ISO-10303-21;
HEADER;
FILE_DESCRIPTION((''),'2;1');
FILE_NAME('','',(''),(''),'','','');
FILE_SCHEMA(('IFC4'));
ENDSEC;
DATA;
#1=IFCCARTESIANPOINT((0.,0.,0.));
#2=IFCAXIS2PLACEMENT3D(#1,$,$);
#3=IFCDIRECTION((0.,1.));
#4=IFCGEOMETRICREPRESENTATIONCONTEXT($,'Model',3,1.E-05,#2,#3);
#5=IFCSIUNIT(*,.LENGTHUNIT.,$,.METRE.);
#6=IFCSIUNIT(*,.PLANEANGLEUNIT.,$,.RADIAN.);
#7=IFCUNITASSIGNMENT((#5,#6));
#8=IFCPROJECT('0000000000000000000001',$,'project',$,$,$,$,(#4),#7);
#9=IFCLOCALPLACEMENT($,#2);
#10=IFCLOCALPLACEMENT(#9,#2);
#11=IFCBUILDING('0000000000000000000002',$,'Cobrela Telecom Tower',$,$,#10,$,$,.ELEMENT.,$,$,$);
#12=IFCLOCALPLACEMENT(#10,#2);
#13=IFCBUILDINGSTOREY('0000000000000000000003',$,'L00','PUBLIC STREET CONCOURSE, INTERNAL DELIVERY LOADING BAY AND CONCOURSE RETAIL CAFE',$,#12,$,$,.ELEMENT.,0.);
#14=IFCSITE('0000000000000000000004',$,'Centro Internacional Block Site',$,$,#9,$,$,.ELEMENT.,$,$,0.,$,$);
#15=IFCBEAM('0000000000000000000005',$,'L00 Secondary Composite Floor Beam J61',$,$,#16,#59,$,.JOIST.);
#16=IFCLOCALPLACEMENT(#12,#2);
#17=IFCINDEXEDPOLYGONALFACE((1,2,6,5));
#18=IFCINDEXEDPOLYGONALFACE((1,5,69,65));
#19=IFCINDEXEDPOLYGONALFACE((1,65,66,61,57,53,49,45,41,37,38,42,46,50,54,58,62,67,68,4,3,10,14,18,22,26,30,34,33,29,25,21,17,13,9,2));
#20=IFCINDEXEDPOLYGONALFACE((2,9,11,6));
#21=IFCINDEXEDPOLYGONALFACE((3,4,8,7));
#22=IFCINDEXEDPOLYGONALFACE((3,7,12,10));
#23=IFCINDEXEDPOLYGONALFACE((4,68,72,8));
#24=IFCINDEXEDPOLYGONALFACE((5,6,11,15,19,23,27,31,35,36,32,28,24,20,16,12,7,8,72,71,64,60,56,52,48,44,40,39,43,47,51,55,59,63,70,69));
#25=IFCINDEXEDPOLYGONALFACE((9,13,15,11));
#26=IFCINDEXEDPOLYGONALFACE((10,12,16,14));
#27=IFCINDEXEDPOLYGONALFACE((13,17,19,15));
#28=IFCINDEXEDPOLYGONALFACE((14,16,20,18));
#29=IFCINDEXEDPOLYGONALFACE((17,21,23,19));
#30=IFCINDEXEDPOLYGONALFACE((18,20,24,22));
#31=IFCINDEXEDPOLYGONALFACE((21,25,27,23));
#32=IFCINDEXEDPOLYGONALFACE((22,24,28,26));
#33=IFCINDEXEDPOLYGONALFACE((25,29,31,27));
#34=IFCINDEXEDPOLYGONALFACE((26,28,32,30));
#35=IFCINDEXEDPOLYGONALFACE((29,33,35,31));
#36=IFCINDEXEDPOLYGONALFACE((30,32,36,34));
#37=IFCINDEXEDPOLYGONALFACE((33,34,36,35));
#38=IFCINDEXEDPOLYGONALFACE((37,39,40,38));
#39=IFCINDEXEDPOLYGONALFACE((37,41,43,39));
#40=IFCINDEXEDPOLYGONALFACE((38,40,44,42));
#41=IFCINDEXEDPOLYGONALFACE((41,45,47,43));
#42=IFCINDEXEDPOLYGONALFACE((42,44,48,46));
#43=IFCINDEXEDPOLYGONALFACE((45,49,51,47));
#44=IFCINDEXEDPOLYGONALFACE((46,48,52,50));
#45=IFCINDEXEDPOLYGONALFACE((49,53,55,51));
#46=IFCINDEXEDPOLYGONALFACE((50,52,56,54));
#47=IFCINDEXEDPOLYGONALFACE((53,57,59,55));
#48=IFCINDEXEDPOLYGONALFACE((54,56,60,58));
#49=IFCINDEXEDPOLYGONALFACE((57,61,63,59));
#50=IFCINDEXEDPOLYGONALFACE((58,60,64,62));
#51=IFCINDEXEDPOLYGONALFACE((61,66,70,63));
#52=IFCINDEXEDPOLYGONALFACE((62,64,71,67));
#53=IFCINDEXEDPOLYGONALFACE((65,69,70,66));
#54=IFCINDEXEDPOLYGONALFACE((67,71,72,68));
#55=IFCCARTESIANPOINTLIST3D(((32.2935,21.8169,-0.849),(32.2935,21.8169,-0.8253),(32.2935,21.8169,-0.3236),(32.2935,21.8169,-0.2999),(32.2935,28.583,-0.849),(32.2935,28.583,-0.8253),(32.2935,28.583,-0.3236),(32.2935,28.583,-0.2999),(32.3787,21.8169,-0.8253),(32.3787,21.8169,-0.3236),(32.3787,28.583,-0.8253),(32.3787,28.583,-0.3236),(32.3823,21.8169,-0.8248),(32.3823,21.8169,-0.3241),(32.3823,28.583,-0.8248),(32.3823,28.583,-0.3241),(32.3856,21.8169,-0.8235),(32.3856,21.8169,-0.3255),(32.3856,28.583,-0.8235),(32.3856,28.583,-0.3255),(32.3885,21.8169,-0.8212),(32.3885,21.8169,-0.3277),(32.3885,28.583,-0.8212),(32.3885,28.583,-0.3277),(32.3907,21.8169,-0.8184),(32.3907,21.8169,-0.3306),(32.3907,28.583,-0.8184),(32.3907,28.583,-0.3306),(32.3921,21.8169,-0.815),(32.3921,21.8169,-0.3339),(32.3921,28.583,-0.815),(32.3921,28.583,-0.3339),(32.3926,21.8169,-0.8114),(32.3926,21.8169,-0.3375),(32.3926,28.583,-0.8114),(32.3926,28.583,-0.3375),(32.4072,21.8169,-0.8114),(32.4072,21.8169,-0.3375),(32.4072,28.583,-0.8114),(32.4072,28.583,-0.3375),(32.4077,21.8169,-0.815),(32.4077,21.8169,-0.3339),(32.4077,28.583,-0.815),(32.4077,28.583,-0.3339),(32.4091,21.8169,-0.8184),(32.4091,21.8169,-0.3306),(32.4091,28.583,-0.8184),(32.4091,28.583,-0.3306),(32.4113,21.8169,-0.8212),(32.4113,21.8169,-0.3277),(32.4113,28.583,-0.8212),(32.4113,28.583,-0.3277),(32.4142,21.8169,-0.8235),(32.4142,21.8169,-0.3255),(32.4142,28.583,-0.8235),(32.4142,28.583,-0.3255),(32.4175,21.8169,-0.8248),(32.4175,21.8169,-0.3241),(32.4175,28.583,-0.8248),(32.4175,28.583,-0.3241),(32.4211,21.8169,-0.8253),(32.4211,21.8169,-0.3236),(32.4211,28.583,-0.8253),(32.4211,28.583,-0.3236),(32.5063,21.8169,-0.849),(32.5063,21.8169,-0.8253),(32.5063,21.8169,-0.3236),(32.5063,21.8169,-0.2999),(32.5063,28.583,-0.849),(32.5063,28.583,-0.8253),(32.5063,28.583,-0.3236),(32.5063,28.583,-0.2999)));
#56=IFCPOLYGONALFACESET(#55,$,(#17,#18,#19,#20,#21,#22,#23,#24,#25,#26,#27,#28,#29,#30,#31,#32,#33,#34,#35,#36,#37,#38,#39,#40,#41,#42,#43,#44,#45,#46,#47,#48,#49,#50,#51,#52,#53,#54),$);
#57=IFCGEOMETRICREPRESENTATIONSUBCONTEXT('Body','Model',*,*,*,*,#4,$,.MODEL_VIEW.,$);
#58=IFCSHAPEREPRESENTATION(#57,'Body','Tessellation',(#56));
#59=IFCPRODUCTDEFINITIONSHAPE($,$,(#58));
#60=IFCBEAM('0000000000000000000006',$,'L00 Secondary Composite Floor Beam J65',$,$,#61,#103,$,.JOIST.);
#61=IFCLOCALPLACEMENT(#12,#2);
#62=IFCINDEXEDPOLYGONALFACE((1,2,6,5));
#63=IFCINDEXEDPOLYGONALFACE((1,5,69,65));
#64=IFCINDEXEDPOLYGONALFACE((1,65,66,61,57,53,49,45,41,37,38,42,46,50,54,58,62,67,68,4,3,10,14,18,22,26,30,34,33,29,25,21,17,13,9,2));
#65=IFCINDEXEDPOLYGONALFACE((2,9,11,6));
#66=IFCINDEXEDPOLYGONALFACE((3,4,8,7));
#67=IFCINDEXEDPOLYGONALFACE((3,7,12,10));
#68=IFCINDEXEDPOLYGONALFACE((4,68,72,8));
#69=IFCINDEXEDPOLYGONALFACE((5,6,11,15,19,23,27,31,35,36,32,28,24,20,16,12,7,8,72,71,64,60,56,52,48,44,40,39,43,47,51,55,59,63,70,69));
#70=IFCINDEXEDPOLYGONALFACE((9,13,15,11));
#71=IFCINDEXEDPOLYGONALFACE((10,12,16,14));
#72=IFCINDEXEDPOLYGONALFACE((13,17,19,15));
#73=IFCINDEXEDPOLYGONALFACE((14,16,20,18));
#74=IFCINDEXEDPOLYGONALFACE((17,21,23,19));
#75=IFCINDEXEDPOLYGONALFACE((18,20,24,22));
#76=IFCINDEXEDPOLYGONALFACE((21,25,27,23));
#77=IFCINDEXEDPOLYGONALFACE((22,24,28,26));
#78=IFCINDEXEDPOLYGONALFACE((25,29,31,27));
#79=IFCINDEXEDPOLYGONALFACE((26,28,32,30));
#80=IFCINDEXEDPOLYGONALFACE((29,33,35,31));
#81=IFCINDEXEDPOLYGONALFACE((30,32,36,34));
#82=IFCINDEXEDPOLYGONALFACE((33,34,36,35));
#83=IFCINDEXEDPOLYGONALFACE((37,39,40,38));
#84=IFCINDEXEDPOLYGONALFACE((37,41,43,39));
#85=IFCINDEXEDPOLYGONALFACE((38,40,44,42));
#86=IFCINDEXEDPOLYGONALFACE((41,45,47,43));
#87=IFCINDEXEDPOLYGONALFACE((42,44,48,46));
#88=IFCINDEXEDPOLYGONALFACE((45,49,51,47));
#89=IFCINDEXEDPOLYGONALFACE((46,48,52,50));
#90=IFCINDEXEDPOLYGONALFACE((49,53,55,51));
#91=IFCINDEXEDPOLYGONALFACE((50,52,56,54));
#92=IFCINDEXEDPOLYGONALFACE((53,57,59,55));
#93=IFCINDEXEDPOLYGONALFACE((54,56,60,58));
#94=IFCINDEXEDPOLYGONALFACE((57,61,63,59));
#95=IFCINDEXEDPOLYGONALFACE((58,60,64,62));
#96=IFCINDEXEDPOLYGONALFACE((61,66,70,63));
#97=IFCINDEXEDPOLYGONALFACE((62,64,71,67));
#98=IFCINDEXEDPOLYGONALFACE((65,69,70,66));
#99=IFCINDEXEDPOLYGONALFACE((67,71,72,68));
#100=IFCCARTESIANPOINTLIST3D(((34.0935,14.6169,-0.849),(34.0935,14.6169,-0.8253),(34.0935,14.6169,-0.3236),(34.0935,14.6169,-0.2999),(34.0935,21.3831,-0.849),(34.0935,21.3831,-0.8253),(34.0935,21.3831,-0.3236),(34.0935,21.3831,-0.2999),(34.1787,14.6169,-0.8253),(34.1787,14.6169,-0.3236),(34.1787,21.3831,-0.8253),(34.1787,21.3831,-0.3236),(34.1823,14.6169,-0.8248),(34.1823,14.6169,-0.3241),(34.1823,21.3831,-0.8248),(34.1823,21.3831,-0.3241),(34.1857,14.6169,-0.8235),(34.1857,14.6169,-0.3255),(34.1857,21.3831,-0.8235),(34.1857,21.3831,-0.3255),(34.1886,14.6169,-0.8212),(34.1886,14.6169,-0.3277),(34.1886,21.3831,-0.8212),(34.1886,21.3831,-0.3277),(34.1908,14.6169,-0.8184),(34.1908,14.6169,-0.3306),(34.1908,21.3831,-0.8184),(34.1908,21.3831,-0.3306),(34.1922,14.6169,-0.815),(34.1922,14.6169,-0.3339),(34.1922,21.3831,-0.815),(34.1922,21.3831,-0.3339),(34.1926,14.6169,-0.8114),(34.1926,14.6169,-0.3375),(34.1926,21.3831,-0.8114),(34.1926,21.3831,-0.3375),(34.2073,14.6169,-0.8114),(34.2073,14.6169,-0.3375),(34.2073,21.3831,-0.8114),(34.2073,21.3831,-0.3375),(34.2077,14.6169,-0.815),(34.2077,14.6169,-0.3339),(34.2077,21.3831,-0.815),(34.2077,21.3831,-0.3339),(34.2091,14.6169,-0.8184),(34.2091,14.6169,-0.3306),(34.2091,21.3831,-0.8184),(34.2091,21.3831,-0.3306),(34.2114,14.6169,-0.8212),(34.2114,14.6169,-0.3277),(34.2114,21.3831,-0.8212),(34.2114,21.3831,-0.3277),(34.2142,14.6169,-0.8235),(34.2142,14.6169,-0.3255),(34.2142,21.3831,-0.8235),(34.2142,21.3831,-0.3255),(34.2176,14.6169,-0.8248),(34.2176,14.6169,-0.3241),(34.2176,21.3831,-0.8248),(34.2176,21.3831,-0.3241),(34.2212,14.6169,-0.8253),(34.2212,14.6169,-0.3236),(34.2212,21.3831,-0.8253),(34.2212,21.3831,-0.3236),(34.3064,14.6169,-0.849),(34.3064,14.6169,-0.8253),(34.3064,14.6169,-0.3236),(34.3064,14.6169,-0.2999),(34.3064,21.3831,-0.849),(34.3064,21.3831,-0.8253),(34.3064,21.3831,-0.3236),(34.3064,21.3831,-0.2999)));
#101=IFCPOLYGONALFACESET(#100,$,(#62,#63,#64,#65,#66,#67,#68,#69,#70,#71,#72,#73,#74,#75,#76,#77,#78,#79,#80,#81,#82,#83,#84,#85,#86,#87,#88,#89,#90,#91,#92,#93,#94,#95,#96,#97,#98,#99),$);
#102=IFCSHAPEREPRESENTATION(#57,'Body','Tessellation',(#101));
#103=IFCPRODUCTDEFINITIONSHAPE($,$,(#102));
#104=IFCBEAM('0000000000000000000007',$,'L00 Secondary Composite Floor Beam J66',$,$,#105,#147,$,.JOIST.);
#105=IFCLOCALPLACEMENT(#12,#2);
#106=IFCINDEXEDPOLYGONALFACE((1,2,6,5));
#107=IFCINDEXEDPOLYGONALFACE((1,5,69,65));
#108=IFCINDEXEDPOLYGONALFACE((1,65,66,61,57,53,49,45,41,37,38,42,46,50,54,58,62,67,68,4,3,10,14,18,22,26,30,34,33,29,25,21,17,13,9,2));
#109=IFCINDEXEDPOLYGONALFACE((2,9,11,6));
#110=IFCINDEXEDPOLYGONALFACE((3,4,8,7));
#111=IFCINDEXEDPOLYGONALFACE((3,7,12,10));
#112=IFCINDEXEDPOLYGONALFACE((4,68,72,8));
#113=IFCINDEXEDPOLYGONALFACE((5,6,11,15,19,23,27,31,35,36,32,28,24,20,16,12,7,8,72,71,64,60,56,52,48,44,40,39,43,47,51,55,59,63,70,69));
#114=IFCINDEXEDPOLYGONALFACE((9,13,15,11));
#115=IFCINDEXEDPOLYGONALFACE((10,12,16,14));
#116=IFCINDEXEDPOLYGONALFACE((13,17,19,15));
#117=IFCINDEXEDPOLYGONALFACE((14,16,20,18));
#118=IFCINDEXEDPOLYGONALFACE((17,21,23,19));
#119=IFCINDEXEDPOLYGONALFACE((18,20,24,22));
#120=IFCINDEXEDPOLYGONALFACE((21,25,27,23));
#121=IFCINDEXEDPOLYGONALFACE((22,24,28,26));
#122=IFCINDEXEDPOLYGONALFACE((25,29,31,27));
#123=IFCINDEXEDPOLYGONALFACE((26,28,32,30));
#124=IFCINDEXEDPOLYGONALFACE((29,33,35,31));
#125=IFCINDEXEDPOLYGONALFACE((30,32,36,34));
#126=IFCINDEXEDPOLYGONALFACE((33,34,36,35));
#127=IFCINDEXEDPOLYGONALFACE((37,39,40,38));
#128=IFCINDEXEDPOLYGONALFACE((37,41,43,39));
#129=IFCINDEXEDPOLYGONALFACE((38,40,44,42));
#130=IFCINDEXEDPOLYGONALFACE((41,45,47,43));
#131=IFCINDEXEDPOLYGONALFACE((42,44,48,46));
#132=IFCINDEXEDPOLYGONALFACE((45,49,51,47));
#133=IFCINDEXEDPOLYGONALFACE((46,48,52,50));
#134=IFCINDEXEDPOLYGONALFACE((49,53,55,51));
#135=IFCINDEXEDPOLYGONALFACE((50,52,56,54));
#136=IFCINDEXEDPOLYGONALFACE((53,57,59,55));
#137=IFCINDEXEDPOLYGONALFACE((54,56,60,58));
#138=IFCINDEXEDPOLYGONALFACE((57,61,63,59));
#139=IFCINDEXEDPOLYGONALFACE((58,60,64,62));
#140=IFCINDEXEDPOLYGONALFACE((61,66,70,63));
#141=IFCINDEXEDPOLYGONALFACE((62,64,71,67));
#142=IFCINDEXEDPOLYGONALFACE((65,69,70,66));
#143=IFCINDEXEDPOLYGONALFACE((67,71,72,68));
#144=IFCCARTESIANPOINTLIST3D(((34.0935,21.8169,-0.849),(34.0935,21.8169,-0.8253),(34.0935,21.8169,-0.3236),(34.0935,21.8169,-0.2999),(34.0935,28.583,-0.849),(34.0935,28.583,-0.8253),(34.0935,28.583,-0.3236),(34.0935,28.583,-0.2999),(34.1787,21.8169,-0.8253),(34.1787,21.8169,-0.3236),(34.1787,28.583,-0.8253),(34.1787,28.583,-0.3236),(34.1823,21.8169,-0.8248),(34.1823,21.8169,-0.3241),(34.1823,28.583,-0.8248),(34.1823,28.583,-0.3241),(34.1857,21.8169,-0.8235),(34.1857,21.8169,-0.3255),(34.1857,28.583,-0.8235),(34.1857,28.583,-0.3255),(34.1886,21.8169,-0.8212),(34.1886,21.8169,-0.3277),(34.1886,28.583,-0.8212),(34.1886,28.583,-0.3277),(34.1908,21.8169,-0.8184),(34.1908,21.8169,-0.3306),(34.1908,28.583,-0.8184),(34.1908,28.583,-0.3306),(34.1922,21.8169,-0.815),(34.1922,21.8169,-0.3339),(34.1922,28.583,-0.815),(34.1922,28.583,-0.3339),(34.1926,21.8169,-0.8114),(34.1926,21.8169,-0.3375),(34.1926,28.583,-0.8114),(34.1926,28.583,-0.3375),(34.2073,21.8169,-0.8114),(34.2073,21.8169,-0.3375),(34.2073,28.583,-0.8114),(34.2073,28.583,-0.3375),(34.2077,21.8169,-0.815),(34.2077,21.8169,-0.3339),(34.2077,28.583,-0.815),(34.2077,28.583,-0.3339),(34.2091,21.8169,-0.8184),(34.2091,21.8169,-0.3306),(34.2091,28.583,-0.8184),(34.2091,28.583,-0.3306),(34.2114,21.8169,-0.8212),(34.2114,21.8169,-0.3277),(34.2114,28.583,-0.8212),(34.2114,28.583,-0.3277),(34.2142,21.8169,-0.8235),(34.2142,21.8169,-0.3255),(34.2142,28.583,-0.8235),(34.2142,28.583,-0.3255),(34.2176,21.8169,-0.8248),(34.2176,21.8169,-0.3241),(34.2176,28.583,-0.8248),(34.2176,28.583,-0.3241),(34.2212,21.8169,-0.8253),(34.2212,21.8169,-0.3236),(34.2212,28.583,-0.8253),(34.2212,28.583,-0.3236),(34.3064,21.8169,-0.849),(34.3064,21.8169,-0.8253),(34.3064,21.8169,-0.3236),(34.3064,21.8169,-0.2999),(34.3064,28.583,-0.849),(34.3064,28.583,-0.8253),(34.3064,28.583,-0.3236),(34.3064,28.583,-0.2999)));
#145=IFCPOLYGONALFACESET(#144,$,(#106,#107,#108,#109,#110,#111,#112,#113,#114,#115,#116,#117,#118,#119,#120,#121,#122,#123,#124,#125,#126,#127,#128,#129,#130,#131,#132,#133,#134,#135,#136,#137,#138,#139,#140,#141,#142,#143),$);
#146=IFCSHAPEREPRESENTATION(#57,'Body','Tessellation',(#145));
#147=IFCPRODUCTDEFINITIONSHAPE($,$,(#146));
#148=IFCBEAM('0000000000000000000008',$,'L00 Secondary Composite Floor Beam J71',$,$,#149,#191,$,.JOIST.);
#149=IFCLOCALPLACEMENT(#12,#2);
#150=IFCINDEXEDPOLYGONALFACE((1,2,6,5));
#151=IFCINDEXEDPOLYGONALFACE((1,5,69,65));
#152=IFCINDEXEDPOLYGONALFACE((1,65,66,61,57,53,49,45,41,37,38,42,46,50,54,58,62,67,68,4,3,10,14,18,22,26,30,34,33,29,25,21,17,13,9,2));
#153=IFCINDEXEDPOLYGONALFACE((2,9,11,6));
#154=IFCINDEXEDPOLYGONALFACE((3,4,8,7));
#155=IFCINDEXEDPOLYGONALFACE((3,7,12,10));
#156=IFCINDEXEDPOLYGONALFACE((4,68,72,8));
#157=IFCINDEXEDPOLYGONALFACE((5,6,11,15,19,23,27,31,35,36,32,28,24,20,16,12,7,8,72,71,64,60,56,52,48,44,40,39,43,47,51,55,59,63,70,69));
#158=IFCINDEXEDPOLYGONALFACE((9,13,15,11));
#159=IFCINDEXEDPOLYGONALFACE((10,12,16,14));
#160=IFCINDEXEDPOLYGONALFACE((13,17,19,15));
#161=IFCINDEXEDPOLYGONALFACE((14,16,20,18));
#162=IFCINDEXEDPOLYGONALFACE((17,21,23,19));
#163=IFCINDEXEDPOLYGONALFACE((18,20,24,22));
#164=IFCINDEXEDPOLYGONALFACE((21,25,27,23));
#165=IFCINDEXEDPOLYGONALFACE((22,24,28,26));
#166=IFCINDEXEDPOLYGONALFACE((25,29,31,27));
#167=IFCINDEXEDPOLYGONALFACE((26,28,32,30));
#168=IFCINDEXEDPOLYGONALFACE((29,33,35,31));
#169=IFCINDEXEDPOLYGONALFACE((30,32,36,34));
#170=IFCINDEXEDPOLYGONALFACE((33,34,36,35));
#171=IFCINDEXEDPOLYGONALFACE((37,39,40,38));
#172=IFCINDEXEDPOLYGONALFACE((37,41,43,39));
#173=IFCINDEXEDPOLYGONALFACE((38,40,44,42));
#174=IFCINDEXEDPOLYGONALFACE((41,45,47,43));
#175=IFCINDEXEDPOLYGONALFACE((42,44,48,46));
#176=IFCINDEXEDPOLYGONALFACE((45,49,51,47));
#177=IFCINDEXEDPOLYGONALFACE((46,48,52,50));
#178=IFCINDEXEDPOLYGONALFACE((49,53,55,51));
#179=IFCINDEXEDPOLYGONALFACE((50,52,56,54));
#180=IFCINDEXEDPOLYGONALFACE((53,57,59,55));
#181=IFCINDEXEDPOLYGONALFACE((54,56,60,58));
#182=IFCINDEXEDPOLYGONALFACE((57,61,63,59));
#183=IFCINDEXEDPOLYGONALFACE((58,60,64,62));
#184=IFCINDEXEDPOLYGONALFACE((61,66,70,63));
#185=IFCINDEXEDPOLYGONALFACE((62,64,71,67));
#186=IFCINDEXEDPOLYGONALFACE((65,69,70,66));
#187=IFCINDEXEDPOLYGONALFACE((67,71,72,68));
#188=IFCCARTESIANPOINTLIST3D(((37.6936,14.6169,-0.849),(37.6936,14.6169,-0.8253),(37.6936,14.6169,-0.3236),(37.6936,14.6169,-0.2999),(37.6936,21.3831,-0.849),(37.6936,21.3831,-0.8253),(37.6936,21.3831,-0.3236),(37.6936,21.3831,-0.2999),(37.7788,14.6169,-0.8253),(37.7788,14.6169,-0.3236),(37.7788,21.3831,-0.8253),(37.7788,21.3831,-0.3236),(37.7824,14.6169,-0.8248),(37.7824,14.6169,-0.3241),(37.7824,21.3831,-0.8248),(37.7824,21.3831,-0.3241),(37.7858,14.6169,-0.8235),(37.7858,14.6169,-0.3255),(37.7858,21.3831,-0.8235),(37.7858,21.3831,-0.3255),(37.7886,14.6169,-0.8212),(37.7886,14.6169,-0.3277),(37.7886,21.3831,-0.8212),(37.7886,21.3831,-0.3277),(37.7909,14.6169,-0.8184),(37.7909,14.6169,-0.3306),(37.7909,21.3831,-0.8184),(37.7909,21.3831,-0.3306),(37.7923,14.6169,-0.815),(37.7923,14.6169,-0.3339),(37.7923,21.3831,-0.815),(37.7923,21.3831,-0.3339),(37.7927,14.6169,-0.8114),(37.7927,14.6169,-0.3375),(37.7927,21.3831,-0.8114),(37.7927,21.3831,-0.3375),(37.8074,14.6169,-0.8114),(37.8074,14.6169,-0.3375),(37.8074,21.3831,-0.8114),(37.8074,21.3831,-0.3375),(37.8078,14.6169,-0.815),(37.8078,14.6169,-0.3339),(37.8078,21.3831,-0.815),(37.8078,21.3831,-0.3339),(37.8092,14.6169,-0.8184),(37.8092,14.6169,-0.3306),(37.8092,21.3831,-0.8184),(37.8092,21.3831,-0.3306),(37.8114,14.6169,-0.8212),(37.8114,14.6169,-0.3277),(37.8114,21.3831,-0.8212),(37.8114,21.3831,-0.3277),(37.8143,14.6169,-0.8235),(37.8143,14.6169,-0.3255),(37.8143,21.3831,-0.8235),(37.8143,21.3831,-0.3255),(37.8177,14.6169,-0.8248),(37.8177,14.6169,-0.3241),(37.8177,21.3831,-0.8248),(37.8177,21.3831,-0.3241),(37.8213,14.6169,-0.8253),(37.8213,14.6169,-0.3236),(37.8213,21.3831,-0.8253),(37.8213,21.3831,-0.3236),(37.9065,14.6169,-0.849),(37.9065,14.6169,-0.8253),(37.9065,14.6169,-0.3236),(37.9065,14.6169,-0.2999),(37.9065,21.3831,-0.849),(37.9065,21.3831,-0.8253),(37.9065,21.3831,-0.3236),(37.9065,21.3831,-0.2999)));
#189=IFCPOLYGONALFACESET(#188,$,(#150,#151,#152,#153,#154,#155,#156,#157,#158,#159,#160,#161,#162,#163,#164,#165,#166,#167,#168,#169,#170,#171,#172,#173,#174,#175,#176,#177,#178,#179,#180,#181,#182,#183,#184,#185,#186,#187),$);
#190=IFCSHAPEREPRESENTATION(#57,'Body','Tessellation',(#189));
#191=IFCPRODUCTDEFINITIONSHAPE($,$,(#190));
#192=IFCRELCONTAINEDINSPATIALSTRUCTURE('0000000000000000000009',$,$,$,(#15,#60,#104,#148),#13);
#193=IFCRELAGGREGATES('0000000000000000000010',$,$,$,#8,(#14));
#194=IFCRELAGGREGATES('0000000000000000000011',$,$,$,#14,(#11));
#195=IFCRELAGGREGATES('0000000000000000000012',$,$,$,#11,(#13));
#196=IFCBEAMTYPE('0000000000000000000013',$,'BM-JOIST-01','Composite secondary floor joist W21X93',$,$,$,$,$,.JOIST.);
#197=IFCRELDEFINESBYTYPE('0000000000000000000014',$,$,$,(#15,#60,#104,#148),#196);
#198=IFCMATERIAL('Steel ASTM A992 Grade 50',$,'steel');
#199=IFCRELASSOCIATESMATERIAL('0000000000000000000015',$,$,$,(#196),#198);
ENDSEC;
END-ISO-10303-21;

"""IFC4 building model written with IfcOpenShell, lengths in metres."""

from ifc_helpers import new_model, si_unit, direction, frame, origin, origin_2d, place, context, subcontext, project, spatial, i_section, extrude, material, material_profile, profile_set, type_object, element, save


model = new_model("IFC4")

# Units and contexts
model_context = context("Model", 3, precision=1e-05, world=origin(), true_north=direction((0.0, 1.0)))
body_context = subcontext(model_context, "Body", "Model", "MODEL_VIEW")
ifc_project = project(units=[si_unit("LENGTHUNIT", "METRE"), si_unit("PLANEANGLEUNIT", "RADIAN")], contexts=[model_context])

# Site, building, storey
site_placement = place(None, origin())
site = spatial("IfcSite", under=ifc_project, at=site_placement, Name="Centro Internacional Block Site", CompositionType="ELEMENT", RefElevation=0.0)
building_placement = place(site_placement, origin())
building = spatial("IfcBuilding", under=site, at=building_placement, Name="Cobrela Telecom Tower", CompositionType="ELEMENT")
storey_placement = place(building_placement, origin())
storey = spatial("IfcBuildingStorey", under=building, at=storey_placement, Name="L00", Description="PUBLIC STREET CONCOURSE, INTERNAL DELIVERY LOADING BAY AND CONCOURSE RETAIL CAFE", CompositionType="ELEMENT", Elevation=0.0)

# Beams
ifc_material_1 = material(Name="Steel ASTM A992 Grade 50", Category="steel")
ifc_material_profile_1 = material_profile(ifc_material_1, i_section(OverallWidth=0.2129, OverallDepth=0.5491, WebThickness=0.0146, FlangeThickness=0.0237, FilletRadius=0.0139, at=origin_2d()), Name="W21X93")
ifc_profile_set_1 = profile_set([ifc_material_profile_1], Name="Steel ASTM A992 Grade 50")
beam_type_1 = type_object("IfcBeamType", Name="BM-JOIST-01", Description="Composite secondary floor joist W21X93", PredefinedType="JOIST", material=ifc_profile_set_1)
for number, where, z_axis, x_axis, name in (
    (1, (32.3999, 21.8169, -0.5745), (0.0, 1.0, 0.0), (-1.0, 0.0, 0.0), "L00 Secondary Composite Floor Beam J61"),
    (2, (34.2, 14.6169, -0.5745), (0.0, 1.0, 0.0), (-1.0, 0.0, 0.0), "L00 Secondary Composite Floor Beam J65"),
    (3, (34.2, 21.8169, -0.5745), (0.0, 1.0, 0.0), (-1.0, 0.0, 0.0), "L00 Secondary Composite Floor Beam J66"),
    (4, (37.8, 14.6169, -0.5745), (0.0, 1.0, 0.0), (-1.0, 0.0, 0.0), "L00 Secondary Composite Floor Beam J71"),
):
    element("IfcBeam", number, at=place(storey_placement, frame(where, z_axis=z_axis, x_axis=x_axis)), inside=storey, type_object=beam_type_1, Name=name, PredefinedType="JOIST", context=body_context, shape_type="SweptSolid", body=[
        extrude(i_section(OverallWidth=0.2129, OverallDepth=0.5491, WebThickness=0.0146, FlangeThickness=0.0237, FilletRadius=0.0139, at=origin_2d()), origin(), (0.0, 0.0, 1.0), 6.7661),
    ])

save(model, "model.ifc")
